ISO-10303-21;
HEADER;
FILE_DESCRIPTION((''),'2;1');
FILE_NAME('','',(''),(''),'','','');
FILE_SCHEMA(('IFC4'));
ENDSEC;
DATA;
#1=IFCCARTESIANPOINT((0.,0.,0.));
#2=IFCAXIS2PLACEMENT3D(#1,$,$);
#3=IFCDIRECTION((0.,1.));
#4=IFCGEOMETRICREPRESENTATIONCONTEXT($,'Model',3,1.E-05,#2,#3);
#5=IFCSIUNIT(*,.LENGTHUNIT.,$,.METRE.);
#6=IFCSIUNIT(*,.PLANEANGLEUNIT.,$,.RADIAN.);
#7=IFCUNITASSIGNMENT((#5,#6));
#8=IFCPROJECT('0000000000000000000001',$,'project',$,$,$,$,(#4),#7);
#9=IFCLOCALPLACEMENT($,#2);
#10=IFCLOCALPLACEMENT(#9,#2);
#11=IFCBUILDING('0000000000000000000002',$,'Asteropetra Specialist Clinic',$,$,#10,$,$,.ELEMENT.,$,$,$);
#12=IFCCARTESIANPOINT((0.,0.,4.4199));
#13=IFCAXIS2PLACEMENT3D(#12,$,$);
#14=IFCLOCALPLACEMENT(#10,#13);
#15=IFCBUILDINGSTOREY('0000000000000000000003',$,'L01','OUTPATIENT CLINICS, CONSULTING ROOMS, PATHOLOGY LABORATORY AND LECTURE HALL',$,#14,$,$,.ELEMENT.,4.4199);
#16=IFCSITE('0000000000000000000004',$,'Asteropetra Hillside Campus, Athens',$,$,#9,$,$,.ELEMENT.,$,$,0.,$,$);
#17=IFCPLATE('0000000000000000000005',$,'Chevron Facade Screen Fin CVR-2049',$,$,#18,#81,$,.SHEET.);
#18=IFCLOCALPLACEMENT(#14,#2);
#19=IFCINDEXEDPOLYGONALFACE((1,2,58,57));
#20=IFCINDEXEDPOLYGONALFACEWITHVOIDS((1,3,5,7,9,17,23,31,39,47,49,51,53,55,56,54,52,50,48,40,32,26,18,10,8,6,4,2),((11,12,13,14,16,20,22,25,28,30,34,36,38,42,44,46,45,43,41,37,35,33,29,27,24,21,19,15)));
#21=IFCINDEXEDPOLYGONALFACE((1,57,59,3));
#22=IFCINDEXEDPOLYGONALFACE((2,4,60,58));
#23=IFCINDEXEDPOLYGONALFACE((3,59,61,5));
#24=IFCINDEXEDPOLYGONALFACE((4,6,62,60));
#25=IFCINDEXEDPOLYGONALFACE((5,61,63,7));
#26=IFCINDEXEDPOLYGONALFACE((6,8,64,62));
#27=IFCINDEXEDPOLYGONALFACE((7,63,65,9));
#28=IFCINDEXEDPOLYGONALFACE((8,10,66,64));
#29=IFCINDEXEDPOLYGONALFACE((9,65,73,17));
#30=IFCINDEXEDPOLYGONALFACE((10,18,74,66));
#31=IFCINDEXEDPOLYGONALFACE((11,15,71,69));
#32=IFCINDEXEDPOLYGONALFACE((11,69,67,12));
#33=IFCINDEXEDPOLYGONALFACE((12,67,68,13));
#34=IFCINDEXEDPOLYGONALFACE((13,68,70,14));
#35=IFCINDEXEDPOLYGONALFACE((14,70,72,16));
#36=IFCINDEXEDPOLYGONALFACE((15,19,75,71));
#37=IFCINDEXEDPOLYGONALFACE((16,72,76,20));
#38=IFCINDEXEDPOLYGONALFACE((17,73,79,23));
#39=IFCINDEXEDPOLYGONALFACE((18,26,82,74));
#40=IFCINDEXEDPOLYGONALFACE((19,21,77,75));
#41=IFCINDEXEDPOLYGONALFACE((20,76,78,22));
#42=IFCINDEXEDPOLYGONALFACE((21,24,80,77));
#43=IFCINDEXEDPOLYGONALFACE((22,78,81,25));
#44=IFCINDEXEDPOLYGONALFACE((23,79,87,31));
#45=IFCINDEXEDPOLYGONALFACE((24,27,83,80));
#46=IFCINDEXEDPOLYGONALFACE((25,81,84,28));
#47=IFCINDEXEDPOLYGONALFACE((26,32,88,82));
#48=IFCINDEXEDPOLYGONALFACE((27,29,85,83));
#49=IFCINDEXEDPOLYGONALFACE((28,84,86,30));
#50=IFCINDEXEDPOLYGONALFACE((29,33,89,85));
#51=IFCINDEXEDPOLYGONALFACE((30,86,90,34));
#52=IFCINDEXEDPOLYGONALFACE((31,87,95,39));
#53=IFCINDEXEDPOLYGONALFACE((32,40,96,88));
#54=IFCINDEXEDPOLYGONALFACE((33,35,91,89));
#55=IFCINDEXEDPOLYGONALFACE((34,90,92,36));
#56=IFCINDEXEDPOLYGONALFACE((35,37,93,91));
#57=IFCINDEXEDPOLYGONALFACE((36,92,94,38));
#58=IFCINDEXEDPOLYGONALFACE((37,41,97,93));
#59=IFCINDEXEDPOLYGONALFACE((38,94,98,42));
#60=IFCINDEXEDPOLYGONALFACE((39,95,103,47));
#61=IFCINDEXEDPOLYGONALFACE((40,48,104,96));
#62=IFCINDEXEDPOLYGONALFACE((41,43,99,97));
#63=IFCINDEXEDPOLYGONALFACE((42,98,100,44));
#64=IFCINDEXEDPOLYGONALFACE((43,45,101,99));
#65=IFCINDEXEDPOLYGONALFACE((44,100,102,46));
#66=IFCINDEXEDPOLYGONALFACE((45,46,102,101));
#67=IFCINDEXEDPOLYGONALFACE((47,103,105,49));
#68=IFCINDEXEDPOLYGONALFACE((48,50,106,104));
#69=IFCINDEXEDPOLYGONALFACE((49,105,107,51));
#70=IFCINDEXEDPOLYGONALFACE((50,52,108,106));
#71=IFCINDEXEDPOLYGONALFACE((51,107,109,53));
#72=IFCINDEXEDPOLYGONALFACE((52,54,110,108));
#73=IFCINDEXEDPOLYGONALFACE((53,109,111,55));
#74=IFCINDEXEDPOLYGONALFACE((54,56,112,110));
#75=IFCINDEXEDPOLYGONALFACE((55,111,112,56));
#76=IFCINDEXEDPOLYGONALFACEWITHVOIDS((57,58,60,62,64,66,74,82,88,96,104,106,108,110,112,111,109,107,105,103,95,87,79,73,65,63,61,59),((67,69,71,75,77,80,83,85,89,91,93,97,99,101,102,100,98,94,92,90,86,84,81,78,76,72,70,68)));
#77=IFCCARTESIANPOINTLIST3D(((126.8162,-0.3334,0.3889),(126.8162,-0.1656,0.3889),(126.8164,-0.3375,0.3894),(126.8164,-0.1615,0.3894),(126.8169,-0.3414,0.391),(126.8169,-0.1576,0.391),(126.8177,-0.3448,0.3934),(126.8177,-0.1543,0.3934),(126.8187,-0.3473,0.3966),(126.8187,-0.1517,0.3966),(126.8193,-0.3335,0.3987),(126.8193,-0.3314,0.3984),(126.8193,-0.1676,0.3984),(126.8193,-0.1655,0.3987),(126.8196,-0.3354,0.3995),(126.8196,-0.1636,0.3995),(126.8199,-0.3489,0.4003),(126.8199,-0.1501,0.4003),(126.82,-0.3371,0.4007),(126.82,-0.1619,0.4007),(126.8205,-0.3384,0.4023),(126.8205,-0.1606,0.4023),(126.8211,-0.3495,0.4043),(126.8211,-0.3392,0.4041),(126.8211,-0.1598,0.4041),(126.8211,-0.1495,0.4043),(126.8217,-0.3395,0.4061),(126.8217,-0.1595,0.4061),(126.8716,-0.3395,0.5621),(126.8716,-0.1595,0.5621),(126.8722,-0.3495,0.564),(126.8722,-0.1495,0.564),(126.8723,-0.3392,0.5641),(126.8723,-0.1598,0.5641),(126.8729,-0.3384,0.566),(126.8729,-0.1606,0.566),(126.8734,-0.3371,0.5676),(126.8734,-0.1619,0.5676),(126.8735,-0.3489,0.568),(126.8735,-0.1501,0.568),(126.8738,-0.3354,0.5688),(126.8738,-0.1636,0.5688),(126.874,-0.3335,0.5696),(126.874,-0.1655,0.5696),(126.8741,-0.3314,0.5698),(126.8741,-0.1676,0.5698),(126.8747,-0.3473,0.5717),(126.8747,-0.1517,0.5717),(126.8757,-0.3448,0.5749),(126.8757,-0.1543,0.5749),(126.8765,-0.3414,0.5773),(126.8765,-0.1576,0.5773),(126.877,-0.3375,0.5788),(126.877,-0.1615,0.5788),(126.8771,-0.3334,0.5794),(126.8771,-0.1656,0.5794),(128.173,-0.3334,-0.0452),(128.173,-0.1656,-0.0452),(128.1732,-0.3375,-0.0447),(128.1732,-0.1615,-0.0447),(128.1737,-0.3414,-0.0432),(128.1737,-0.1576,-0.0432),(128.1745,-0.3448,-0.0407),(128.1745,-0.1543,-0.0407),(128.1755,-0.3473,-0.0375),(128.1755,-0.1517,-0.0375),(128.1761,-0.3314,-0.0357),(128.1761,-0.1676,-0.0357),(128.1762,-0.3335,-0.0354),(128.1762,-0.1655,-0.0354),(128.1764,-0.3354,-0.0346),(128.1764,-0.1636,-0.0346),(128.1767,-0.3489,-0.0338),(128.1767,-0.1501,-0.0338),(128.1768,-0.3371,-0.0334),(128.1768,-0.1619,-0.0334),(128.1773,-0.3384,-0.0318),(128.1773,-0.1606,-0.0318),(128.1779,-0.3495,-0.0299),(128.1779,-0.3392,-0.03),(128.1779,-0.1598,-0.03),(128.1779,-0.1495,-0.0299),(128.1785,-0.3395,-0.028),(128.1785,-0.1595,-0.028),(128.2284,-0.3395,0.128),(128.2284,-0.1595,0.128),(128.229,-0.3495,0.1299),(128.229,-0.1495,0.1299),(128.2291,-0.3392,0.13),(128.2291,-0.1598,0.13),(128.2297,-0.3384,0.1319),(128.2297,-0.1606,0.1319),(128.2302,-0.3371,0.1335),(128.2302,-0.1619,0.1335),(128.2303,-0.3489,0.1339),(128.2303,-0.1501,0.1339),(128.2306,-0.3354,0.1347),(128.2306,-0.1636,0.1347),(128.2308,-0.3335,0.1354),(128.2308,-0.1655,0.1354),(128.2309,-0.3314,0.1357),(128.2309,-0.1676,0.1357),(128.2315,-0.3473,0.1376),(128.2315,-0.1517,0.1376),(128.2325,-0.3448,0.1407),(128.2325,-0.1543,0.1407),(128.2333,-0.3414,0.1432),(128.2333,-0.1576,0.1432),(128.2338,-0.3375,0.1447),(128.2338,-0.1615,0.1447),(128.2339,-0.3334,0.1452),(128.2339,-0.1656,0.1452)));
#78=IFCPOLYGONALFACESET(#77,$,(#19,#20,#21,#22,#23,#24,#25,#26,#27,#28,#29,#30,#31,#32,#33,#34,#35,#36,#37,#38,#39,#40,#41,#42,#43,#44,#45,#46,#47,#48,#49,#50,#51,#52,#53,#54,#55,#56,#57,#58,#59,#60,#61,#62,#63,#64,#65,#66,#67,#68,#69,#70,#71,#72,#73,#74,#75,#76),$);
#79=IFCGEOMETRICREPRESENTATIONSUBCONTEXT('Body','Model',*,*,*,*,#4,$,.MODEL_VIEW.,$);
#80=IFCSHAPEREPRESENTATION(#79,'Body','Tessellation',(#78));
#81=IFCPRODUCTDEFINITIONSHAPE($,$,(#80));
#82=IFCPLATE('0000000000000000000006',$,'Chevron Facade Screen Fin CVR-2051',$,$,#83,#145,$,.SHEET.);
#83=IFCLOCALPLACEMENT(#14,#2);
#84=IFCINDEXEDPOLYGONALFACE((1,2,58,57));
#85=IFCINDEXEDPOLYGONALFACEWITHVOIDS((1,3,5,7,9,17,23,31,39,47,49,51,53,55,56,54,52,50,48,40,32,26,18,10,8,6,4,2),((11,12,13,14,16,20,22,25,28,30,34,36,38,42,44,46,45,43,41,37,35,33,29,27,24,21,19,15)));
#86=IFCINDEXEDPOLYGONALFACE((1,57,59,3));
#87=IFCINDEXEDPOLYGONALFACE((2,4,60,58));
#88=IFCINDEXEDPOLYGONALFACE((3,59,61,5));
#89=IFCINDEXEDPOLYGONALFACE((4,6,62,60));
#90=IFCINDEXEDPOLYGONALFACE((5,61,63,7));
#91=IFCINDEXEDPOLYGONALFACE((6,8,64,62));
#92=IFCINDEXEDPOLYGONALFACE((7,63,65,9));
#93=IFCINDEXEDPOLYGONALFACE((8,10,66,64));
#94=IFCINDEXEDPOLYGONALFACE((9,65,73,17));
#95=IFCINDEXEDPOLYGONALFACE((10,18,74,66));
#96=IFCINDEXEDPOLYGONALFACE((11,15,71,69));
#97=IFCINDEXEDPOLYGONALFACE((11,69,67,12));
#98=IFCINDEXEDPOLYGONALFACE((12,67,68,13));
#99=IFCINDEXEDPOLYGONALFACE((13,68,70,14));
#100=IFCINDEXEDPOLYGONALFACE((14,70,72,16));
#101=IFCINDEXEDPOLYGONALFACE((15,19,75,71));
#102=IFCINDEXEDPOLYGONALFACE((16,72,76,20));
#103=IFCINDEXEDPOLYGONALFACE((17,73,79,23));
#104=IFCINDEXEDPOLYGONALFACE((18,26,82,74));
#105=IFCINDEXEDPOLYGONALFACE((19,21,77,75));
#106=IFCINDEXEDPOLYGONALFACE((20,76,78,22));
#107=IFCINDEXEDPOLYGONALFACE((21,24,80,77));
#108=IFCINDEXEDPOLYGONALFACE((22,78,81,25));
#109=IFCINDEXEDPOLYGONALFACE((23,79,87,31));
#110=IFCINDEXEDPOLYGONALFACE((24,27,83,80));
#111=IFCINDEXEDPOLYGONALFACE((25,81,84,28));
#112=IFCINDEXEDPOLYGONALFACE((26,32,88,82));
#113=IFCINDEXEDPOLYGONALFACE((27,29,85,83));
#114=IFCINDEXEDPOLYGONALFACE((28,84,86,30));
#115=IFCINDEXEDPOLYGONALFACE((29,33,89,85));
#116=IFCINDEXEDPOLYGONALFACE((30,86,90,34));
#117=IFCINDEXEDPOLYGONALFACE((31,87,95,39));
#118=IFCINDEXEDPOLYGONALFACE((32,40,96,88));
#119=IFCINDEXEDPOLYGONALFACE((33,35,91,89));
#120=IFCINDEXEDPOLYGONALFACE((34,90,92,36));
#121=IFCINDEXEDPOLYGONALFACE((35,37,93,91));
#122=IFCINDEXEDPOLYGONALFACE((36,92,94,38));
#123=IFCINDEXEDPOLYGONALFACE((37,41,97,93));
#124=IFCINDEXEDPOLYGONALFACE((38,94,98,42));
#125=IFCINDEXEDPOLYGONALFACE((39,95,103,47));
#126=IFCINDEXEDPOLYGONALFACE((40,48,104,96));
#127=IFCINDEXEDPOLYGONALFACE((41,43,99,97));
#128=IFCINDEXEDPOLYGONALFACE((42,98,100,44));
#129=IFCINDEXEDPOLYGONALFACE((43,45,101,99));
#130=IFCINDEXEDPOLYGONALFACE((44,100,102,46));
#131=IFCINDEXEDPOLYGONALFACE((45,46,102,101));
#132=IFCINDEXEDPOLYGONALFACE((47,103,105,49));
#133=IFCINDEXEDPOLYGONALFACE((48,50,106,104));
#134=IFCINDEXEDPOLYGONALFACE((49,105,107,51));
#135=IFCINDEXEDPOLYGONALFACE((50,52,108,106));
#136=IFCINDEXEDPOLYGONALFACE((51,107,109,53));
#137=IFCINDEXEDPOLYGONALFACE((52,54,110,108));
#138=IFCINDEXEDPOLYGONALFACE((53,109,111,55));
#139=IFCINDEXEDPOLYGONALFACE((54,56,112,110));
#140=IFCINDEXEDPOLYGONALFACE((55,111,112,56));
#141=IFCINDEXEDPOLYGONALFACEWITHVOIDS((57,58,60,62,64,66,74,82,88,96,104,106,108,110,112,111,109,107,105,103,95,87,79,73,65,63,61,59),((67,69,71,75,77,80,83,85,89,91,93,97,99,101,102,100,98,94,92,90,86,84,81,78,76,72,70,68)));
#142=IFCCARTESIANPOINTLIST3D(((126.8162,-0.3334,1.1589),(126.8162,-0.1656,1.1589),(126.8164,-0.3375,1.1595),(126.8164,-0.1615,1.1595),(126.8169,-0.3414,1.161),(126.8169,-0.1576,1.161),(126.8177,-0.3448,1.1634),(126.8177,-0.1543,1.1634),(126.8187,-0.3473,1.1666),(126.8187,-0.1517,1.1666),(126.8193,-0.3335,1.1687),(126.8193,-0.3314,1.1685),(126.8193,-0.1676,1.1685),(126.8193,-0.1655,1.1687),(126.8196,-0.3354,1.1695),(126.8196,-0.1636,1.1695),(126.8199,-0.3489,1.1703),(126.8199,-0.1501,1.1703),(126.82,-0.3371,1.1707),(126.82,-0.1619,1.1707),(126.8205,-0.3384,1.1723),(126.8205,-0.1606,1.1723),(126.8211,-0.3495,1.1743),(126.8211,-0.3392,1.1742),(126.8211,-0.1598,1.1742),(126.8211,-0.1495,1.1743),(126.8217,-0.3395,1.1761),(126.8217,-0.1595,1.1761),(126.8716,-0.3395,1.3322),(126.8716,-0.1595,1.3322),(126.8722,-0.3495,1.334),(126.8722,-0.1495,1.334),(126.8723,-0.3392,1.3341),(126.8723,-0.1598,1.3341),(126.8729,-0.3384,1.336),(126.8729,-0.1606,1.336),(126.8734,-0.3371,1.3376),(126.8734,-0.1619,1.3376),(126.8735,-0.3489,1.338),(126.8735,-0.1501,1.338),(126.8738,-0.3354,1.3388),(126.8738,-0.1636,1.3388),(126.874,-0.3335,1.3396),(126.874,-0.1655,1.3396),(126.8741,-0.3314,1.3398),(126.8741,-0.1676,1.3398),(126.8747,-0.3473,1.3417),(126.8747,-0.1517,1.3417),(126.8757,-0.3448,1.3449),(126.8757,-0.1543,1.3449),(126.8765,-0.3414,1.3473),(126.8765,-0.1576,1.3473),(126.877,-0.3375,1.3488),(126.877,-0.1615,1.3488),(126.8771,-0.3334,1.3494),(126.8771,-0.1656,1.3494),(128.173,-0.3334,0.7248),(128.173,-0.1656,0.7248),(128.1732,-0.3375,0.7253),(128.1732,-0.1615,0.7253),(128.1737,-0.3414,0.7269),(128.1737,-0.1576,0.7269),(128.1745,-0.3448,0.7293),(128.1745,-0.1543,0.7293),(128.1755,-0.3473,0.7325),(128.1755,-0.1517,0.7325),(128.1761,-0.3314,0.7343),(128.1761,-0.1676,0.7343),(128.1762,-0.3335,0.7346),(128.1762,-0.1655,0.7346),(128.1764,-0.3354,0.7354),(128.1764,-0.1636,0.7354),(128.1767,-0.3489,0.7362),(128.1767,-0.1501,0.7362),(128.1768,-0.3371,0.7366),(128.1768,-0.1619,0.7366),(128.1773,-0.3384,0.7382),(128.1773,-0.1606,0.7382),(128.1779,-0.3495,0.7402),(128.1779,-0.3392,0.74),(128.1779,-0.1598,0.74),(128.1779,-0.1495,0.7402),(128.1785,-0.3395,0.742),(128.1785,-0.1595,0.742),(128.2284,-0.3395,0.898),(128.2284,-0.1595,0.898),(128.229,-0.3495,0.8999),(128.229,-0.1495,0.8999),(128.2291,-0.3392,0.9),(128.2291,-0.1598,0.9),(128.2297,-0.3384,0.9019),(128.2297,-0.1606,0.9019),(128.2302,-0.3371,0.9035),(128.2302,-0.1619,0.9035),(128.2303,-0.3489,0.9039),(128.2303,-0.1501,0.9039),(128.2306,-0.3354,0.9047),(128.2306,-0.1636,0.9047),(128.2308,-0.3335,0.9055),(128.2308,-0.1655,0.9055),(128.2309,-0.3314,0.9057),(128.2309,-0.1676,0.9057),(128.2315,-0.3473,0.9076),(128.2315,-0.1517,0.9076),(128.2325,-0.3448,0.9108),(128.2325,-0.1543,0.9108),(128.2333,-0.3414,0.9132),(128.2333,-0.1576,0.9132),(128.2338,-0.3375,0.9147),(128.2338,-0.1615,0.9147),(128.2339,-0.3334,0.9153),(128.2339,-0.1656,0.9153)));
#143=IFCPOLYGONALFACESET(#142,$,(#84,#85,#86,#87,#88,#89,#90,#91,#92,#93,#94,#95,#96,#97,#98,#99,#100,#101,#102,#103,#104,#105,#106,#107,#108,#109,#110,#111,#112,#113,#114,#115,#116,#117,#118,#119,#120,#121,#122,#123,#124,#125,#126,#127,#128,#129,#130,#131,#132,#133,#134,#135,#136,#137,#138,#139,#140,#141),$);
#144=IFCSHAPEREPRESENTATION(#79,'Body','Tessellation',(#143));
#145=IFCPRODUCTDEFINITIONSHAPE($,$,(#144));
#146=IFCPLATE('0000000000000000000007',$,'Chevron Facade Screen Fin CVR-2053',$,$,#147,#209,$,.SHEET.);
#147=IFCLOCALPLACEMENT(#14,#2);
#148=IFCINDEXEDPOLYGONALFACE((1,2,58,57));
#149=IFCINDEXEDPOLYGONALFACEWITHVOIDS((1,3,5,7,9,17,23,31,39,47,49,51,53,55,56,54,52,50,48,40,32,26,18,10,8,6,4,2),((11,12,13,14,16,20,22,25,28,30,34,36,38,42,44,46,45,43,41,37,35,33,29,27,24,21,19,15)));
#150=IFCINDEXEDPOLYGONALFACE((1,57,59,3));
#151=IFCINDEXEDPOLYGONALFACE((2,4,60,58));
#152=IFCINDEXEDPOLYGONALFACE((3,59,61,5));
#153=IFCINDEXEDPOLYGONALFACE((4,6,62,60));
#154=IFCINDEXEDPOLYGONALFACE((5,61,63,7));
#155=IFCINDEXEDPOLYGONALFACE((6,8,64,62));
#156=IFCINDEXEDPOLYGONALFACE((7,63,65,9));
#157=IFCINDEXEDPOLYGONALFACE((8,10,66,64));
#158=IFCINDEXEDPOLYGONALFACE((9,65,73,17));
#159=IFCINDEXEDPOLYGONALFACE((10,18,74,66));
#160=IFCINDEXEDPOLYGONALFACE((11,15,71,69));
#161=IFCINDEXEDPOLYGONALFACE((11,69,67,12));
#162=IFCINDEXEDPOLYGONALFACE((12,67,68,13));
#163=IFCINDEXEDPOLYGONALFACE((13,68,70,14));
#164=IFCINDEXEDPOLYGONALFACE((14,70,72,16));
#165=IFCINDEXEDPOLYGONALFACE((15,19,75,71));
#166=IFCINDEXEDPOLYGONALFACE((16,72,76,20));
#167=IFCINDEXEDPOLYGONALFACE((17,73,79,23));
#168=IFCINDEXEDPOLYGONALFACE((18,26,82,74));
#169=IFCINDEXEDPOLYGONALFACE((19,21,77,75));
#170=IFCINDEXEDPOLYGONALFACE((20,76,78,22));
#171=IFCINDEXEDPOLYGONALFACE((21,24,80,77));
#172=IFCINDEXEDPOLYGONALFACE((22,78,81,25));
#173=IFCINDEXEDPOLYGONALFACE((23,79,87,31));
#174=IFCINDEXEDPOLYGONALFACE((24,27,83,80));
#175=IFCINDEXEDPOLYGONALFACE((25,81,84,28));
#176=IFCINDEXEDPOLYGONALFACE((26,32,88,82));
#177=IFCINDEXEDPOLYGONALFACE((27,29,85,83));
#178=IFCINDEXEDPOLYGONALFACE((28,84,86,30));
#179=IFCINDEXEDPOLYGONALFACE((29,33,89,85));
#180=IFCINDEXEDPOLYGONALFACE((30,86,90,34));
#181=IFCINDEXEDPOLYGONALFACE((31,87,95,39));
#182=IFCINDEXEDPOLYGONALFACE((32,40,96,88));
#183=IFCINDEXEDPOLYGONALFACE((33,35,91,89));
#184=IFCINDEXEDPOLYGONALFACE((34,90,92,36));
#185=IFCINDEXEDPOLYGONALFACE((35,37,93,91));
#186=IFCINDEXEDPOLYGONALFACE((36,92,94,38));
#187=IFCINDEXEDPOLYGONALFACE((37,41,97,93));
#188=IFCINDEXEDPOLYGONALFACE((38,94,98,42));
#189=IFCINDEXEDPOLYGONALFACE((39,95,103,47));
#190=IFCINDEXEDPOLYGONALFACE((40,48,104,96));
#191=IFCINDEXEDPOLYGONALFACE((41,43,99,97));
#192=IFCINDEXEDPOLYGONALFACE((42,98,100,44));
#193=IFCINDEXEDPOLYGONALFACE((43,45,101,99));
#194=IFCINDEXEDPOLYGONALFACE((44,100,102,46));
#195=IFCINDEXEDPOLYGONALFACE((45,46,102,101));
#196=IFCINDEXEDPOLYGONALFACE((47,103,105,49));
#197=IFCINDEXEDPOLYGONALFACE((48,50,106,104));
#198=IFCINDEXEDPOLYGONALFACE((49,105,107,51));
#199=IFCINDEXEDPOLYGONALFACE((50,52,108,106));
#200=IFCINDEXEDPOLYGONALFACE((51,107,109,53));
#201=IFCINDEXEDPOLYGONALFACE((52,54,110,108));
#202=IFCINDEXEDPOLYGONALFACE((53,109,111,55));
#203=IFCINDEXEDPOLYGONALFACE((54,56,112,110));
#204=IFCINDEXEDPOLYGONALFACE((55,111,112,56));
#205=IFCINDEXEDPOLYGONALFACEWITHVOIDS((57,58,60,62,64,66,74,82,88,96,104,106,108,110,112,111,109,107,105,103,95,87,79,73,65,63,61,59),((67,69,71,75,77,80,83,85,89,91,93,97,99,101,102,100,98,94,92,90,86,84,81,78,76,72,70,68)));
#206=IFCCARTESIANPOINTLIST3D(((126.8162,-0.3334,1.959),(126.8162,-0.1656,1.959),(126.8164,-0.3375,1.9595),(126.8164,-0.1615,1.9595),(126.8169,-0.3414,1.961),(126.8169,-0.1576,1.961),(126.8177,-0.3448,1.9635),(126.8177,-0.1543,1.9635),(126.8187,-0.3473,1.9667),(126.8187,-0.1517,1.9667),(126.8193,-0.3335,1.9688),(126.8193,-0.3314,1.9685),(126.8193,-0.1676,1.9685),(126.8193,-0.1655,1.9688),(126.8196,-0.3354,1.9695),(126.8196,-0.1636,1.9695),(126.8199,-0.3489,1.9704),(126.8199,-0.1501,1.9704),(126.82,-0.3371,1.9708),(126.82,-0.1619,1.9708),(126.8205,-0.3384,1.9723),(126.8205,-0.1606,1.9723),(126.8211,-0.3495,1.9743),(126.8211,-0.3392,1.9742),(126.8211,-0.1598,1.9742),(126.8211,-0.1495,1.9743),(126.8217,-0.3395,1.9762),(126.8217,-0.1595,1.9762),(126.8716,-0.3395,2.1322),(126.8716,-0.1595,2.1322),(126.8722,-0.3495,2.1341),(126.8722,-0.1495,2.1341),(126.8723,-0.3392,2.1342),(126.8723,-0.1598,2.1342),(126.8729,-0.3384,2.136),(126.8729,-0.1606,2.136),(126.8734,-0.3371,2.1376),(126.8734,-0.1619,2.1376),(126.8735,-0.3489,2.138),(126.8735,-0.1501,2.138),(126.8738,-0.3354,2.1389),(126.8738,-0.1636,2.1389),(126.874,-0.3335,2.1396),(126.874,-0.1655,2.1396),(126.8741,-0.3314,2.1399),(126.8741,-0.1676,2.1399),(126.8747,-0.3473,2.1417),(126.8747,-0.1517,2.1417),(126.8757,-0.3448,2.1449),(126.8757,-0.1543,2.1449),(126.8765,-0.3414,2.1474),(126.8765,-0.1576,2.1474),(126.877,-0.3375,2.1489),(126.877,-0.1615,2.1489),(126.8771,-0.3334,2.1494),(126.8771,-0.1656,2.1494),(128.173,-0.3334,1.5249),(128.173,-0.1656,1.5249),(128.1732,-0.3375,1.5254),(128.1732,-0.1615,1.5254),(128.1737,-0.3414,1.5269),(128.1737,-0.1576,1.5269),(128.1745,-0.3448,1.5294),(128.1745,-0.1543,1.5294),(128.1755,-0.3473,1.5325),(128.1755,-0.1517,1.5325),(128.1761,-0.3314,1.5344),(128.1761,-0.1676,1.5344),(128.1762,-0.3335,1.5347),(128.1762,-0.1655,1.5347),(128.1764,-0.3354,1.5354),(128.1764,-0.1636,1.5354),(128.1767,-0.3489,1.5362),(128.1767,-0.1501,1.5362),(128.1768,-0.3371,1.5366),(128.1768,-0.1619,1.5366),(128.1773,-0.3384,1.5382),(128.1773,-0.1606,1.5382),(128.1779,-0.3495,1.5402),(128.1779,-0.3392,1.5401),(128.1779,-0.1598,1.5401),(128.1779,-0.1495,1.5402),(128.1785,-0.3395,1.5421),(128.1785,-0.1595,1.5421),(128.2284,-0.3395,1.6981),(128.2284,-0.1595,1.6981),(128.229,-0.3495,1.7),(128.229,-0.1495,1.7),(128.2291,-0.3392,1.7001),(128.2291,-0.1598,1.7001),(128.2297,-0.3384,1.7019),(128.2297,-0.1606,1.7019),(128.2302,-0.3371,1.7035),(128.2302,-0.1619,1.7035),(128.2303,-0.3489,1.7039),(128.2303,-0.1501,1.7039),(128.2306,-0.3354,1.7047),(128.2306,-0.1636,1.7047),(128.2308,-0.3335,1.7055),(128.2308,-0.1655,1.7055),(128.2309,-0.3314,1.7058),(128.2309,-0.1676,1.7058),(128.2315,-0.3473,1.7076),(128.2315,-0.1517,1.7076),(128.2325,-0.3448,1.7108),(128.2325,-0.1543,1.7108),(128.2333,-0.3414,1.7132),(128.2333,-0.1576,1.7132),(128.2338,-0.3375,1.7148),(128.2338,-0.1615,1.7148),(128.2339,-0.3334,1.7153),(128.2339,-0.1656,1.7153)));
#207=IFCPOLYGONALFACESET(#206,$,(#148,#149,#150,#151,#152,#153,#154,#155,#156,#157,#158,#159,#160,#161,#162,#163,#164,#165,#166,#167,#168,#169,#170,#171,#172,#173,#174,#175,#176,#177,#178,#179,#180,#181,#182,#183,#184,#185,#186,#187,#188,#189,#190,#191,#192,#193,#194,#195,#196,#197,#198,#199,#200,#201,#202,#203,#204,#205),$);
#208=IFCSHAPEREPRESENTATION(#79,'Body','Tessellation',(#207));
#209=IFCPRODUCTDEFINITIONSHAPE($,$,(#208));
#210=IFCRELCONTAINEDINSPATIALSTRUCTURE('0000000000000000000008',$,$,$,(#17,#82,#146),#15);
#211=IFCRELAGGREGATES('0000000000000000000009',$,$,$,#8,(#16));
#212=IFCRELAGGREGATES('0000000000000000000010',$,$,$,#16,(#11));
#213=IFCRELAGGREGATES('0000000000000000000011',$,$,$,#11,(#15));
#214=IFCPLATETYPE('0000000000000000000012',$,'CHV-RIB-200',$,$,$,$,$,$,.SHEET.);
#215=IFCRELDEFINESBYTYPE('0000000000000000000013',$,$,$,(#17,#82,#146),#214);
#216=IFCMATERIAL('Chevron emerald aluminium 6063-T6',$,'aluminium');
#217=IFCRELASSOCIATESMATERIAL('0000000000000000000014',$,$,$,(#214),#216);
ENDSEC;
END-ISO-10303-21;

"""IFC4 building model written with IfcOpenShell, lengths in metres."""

from ifc_helpers import new_model, si_unit, direction, frame, origin, origin_2d, place, context, subcontext, project, spatial, hollow_rectangle, extrude, material, material_profile, profile_set, type_object, element, save


model = new_model("IFC4")

# Units and contexts
model_context = context("Model", 3, precision=1e-05, world=origin(), true_north=direction((0.0, 1.0)))
body_context = subcontext(model_context, "Body", "Model", "MODEL_VIEW")
ifc_project = project(units=[si_unit("LENGTHUNIT", "METRE"), si_unit("PLANEANGLEUNIT", "RADIAN")], contexts=[model_context])

# Site, building, storey
site_placement = place(None, origin())
site = spatial("IfcSite", under=ifc_project, at=site_placement, Name="Asteropetra Hillside Campus, Athens", CompositionType="ELEMENT", RefElevation=0.0)
building_placement = place(site_placement, origin())
building = spatial("IfcBuilding", under=site, at=building_placement, Name="Asteropetra Specialist Clinic", CompositionType="ELEMENT")
storey_placement = place(building_placement, frame((0.0, 0.0, 4.4199)))
storey = spatial("IfcBuildingStorey", under=building, at=storey_placement, Name="L01", Description="OUTPATIENT CLINICS, CONSULTING ROOMS, PATHOLOGY LABORATORY AND LECTURE HALL", CompositionType="ELEMENT", Elevation=4.4199)

# Plates
ifc_material_1 = material(Name="Chevron emerald aluminium 6063-T6", Category="aluminium")
ifc_material_profile = material_profile(ifc_material_1, hollow_rectangle(XDim=0.2, YDim=0.2, WallThickness=0.01, InnerFilletRadius=0.0081, OuterFilletRadius=0.0161, at=origin_2d()), Name="SHS 200x200x10.0")
ifc_profile_set = profile_set([ifc_material_profile], Name="Chevron emerald aluminium 6063-T6")
plate_type = type_object("IfcPlateType", Name="CHV-RIB-200", PredefinedType="SHEET", material=ifc_profile_set)
for number, where, z_axis, x_axis, name in (
    (1, (126.8467, -0.2495, 0.4841), (0.952436, 0.0, -0.304738), (0.0, 1.0, 0.0), "Chevron Facade Screen Fin CVR-2049"),
    (2, (126.8467, -0.2495, 1.2542), (0.952436, 0.0, -0.304738), (0.0, 1.0, 0.0), "Chevron Facade Screen Fin CVR-2051"),
    (3, (126.8467, -0.2495, 2.0542), (0.952436, 0.0, -0.304738), (0.0, 1.0, 0.0), "Chevron Facade Screen Fin CVR-2053"),
):
    element("IfcPlate", number, at=place(storey_placement, frame(where, z_axis=z_axis, x_axis=x_axis)), inside=storey, type_object=plate_type, Name=name, PredefinedType="SHEET", context=body_context, shape_type="SweptSolid", body=[
        extrude(hollow_rectangle(XDim=0.2, YDim=0.2, WallThickness=0.01, InnerFilletRadius=0.0081, OuterFilletRadius=0.0161, at=origin_2d()), origin(), (0.0, 0.0, 1.0), 1.4246),
    ])

save(model, "model.ifc")
